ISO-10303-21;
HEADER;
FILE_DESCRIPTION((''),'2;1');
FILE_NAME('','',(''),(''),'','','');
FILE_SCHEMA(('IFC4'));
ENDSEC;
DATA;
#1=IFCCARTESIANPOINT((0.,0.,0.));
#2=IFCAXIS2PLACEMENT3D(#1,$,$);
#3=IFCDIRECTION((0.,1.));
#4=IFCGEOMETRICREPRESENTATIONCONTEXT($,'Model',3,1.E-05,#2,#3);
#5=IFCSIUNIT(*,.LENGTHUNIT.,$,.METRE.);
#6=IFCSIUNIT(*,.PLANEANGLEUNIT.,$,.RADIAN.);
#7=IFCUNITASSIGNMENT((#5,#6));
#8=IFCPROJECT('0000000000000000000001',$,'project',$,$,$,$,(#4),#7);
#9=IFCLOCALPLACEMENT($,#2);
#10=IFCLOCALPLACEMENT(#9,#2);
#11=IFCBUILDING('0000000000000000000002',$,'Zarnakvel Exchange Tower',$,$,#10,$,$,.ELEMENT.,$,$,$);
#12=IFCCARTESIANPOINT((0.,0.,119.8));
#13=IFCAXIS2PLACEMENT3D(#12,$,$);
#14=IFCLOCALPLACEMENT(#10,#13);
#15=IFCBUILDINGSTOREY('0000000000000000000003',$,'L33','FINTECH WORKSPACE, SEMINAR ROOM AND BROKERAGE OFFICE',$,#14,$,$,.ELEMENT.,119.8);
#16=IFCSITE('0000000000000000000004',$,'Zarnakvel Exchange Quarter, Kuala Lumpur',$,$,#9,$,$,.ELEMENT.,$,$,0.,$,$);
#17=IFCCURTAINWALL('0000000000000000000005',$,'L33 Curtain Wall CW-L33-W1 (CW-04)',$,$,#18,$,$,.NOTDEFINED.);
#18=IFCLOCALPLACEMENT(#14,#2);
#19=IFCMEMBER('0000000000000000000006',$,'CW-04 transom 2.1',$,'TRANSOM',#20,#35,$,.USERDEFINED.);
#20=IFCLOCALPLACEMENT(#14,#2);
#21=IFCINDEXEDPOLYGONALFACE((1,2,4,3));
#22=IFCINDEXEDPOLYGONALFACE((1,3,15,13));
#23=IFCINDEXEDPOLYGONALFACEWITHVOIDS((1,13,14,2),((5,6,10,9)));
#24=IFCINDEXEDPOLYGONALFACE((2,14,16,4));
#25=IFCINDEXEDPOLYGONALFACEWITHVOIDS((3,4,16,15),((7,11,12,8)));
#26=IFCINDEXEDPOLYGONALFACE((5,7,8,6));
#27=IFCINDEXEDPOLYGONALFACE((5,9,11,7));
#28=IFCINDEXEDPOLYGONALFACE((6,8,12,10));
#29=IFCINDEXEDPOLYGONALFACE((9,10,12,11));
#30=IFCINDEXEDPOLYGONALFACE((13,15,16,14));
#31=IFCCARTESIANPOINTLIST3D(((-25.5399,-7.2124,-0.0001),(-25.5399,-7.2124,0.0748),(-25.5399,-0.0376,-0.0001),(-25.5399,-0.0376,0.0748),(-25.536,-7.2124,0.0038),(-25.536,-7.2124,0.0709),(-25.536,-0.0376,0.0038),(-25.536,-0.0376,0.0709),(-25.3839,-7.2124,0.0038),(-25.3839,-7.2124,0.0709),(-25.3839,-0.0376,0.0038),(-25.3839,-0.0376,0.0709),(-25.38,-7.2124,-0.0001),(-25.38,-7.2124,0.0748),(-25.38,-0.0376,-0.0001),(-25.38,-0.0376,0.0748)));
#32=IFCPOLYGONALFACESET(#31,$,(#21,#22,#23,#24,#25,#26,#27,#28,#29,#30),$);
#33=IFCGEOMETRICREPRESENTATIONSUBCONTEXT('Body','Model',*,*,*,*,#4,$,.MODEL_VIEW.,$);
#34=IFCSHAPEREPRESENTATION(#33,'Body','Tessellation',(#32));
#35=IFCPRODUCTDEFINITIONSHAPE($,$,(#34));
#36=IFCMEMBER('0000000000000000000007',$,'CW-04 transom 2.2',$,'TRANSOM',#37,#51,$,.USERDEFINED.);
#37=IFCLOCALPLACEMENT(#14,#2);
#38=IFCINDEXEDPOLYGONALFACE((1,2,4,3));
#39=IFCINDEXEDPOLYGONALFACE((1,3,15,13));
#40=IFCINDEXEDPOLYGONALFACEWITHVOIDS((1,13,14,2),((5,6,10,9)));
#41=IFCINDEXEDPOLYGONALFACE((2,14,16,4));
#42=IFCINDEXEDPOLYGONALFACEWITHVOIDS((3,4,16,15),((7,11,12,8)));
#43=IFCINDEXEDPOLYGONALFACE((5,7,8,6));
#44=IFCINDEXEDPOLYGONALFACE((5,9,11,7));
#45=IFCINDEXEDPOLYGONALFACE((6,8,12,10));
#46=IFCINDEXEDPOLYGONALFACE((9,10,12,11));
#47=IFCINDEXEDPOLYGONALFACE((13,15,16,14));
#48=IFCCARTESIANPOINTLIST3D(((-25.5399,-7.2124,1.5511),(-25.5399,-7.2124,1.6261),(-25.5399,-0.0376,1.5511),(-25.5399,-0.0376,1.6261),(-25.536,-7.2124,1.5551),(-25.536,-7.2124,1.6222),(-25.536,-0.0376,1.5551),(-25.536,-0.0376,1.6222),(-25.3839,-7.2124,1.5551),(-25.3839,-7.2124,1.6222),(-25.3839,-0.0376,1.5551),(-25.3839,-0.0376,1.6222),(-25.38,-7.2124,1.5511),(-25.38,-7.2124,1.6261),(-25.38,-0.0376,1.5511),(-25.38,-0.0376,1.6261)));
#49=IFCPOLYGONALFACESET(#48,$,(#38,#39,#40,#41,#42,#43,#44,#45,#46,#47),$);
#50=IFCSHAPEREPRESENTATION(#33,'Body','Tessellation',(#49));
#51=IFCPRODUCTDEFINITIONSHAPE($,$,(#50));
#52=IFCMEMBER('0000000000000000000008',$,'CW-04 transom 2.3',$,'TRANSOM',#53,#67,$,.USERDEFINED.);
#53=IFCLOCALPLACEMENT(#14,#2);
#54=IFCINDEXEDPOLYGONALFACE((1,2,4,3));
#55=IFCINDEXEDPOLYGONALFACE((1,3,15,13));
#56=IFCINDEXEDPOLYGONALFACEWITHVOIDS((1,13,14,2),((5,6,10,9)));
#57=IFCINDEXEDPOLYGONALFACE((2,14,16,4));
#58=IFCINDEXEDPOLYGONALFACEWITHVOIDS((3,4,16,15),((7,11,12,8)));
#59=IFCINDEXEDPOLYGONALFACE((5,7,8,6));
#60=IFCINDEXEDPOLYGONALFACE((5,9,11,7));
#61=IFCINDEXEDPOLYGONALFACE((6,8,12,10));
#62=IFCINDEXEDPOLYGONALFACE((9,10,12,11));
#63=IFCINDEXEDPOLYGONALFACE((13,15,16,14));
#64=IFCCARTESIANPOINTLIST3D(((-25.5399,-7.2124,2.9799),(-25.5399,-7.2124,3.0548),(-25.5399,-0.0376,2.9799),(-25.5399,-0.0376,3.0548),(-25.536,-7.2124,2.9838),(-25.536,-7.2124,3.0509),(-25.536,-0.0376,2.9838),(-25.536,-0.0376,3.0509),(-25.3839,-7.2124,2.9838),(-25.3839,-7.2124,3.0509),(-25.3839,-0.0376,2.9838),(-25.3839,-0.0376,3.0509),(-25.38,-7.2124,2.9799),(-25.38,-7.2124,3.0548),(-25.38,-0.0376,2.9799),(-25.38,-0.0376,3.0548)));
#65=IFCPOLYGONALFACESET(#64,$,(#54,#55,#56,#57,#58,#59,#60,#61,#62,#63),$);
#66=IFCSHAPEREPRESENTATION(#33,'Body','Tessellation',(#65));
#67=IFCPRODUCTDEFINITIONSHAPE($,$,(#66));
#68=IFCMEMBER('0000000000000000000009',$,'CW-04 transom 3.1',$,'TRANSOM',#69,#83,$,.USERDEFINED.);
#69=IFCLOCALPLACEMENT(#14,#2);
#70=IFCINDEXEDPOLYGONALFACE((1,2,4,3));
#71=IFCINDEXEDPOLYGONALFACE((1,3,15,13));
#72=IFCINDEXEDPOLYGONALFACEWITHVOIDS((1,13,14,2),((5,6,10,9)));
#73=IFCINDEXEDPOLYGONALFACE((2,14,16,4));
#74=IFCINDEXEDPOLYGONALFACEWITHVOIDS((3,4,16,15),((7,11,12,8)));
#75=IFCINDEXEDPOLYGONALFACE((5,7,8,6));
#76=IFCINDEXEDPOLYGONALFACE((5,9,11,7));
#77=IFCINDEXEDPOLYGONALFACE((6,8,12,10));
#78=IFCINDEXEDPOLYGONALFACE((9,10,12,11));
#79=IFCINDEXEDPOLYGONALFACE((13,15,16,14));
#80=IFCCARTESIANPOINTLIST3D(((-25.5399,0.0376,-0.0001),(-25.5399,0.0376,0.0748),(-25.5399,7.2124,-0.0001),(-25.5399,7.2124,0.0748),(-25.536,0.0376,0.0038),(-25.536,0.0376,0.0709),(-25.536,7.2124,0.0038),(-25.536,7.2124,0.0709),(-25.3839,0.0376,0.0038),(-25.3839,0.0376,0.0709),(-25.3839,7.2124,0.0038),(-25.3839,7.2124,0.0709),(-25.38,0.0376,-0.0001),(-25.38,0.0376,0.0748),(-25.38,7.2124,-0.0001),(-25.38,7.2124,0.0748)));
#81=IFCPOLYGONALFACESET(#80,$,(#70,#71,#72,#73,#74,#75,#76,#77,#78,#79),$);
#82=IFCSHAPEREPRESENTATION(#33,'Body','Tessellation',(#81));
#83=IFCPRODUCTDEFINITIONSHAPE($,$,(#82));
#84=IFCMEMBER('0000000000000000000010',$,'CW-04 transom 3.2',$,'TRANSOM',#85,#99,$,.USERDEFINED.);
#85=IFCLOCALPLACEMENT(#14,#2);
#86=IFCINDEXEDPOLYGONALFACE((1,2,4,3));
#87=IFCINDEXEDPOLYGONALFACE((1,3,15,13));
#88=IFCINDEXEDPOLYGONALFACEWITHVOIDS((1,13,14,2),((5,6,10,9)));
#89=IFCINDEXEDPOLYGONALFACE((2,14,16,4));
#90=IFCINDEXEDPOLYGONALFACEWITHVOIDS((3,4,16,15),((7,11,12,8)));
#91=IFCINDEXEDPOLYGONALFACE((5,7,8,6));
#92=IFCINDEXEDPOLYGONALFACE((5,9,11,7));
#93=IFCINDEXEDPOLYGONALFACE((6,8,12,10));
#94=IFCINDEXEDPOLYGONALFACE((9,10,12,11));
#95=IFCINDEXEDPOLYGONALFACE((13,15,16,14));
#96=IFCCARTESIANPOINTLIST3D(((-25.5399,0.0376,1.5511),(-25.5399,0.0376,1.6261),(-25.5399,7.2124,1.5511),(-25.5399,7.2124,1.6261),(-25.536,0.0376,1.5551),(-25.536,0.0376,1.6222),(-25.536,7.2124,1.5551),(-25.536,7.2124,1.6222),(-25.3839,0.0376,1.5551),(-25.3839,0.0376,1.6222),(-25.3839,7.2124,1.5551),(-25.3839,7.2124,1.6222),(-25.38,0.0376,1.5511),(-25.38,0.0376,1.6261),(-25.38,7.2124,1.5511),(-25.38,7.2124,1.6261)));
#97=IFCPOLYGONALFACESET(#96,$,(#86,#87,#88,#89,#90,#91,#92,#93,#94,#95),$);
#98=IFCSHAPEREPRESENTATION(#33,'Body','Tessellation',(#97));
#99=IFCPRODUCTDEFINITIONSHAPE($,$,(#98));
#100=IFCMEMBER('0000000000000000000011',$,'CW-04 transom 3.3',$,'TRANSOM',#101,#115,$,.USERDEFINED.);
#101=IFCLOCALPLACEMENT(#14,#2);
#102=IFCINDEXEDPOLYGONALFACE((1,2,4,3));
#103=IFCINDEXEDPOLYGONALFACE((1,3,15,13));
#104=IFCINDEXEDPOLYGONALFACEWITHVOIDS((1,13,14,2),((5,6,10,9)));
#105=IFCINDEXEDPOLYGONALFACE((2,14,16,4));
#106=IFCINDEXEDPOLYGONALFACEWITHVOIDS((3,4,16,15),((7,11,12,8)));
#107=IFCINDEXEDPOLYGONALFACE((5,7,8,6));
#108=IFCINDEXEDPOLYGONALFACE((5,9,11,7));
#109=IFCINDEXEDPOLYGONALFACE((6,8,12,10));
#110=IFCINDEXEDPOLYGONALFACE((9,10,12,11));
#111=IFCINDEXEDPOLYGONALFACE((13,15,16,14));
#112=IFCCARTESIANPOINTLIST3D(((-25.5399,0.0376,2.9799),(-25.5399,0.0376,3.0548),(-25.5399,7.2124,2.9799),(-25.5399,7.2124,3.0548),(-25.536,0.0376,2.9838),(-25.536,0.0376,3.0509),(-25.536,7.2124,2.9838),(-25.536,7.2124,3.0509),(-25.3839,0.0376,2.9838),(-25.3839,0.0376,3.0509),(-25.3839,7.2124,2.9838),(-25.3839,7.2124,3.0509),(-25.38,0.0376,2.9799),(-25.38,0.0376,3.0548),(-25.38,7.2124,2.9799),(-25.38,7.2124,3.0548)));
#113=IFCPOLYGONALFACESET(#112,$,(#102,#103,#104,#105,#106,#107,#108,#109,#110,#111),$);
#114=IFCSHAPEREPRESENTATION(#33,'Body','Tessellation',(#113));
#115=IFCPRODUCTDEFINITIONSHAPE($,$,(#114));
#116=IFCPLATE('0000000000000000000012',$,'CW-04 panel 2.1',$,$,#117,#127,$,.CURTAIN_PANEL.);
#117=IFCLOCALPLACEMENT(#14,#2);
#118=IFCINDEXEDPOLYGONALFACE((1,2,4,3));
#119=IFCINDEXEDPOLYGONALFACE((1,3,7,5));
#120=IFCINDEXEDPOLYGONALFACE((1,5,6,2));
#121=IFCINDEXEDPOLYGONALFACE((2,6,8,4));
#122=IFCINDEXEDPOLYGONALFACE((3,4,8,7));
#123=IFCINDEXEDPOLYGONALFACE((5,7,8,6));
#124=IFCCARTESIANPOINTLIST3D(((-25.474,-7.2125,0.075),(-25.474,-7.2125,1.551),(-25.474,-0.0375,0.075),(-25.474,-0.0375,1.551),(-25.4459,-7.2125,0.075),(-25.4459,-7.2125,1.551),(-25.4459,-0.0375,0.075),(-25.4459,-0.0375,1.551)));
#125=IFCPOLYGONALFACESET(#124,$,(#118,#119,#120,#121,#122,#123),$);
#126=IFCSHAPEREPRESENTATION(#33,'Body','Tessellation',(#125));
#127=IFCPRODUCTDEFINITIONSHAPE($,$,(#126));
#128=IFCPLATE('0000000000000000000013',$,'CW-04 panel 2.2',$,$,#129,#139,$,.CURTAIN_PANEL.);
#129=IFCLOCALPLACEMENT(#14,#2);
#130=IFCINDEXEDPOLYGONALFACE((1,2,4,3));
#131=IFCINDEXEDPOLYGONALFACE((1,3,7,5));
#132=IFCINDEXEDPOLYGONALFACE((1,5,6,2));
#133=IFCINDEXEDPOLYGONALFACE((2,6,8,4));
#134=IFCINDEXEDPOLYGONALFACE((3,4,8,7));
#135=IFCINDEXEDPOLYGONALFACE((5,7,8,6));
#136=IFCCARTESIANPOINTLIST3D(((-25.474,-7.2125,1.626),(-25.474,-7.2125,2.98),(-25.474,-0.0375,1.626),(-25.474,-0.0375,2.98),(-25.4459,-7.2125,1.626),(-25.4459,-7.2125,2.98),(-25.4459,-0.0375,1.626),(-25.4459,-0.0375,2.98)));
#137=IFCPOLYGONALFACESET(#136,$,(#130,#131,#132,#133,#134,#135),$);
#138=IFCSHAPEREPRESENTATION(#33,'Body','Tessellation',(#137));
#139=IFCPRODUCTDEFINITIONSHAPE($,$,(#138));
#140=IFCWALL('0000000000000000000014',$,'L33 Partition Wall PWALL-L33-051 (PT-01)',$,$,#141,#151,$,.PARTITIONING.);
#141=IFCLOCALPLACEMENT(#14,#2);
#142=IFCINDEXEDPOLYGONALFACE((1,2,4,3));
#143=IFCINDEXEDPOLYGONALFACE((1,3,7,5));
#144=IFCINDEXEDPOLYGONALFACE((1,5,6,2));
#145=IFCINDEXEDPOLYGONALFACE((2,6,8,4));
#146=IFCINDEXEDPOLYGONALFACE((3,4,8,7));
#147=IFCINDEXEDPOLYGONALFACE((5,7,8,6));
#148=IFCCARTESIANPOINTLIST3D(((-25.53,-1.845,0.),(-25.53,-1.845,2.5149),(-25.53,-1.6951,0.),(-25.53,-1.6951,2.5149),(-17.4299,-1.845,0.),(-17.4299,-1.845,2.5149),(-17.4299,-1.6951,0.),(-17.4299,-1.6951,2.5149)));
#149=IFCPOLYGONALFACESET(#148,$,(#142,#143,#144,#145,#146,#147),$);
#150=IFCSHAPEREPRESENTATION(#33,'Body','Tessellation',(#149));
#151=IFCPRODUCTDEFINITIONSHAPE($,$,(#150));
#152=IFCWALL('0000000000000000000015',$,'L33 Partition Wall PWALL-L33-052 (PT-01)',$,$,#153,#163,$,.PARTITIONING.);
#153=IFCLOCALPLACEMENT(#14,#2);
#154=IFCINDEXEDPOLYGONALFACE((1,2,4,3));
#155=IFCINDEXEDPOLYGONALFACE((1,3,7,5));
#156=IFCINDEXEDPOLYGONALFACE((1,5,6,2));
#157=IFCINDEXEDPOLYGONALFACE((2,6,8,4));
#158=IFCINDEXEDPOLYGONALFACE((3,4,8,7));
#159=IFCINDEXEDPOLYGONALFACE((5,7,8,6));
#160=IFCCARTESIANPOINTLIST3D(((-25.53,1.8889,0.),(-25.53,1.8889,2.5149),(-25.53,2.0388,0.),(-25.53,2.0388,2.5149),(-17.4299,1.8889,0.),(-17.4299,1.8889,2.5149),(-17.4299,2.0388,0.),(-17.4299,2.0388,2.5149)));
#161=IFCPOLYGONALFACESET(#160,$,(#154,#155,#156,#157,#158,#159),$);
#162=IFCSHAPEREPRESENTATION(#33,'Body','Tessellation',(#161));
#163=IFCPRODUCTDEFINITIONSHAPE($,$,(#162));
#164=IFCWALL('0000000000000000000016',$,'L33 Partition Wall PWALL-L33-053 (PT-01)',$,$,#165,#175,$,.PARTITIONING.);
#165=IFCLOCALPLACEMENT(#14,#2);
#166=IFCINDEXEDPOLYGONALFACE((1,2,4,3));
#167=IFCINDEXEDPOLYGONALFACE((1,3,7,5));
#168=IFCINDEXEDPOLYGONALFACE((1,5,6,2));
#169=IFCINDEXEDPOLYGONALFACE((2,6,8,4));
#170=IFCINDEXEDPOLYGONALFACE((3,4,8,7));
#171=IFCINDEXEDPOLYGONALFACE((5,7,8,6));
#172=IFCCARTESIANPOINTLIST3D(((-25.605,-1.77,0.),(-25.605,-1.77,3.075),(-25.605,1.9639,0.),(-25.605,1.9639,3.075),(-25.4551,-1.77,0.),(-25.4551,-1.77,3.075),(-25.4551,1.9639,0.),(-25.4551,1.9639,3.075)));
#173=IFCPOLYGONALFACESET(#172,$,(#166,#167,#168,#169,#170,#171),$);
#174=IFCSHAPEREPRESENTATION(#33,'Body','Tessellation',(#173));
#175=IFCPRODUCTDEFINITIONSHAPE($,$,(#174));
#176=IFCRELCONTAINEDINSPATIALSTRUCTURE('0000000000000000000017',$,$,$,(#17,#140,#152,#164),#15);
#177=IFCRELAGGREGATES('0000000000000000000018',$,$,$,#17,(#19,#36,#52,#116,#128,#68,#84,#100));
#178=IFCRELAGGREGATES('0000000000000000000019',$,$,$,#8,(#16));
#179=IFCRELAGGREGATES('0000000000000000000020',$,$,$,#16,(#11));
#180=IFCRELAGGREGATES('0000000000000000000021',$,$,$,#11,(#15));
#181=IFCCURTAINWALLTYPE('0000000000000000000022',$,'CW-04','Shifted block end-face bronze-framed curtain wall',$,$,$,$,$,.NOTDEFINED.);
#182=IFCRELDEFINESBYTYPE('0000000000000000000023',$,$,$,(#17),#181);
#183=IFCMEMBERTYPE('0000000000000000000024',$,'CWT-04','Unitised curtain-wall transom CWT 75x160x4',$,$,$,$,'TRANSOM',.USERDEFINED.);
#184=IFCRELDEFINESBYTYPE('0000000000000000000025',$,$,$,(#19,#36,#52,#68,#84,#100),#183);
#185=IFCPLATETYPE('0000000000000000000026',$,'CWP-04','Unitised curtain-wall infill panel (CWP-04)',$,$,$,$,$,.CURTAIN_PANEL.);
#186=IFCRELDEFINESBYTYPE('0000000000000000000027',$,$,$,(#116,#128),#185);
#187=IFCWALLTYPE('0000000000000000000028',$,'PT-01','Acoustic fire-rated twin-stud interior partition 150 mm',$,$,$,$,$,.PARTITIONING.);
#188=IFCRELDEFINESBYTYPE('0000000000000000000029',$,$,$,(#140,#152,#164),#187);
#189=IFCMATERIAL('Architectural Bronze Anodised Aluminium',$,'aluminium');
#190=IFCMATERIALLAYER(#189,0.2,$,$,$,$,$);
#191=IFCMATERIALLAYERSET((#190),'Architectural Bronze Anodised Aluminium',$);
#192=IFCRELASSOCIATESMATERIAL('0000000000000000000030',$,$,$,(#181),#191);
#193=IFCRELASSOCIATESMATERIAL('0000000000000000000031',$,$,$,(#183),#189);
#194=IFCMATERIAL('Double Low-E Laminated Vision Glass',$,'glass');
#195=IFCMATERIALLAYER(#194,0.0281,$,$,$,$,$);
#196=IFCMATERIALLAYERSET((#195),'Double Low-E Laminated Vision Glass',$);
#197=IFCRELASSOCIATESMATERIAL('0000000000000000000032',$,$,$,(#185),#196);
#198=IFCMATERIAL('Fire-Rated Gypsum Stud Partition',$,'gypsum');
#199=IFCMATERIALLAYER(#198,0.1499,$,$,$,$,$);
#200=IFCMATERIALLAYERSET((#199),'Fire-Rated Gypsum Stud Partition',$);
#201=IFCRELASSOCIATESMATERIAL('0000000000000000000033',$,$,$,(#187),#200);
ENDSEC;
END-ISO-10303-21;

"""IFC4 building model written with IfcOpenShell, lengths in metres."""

from ifc_helpers import new_model, si_unit, direction, frame, frame_2d, origin, origin_2d, place, context, subcontext, project, spatial, rectangle, hollow_rectangle, extrude, source, transform, mapped, material, layer, layer_set, material_profile, profile_set, type_object, element, aggregate, save


model = new_model("IFC4")

# Units and contexts
model_context = context("Model", 3, precision=1e-05, world=origin(), true_north=direction((0.0, 1.0)))
body_context = subcontext(model_context, "Body", "Model", "MODEL_VIEW")
ifc_project = project(units=[si_unit("LENGTHUNIT", "METRE"), si_unit("PLANEANGLEUNIT", "RADIAN")], contexts=[model_context])

# Site, building, storey
site_placement = place(None, origin())
site = spatial("IfcSite", under=ifc_project, at=site_placement, Name="Zarnakvel Exchange Quarter, Kuala Lumpur", CompositionType="ELEMENT", RefElevation=0.0)
building_placement = place(site_placement, origin())
building = spatial("IfcBuilding", under=site, at=building_placement, Name="Zarnakvel Exchange Tower", CompositionType="ELEMENT")
storey_placement = place(building_placement, frame((0.0, 0.0, 119.8)))
storey = spatial("IfcBuildingStorey", under=building, at=storey_placement, Name="L33", Description="FINTECH WORKSPACE, SEMINAR ROOM AND BROKERAGE OFFICE", CompositionType="ELEMENT", Elevation=119.8)

# Curtain wall, members, plates
ifc_material_1 = material(Name="Architectural Bronze Anodised Aluminium", Category="aluminium")
ifc_layer_1 = layer(ifc_material_1, 0.2)
ifc_layer_set_1 = layer_set([ifc_layer_1], Name="Architectural Bronze Anodised Aluminium")
curtain_wall_type = type_object("IfcCurtainWallType", Name="CW-04", Description="Shifted block end-face bronze-framed curtain wall", PredefinedType="NOTDEFINED", material=ifc_layer_set_1)
curtain_wall_placement = place(storey_placement, origin())
curtain_wall = element("IfcCurtainWall", 1, at=curtain_wall_placement, inside=storey, type_object=curtain_wall_type, Name="L33 Curtain Wall CW-L33-W1 (CW-04)", PredefinedType="NOTDEFINED")
ifc_material_profile_1 = material_profile(ifc_material_1, hollow_rectangle(XDim=0.1599, YDim=0.075, WallThickness=0.0039, at=origin_2d()))
ifc_profile_set_1 = profile_set([ifc_material_profile_1], Name="Architectural Bronze Anodised Aluminium")
member_type_1 = type_object("IfcMemberType", Name="CWT-04", Description="Unitised curtain-wall transom CWT 75x160x4", ElementType="TRANSOM", PredefinedType="USERDEFINED", material=ifc_profile_set_1)
shared_shape_1 = source(origin(), body_context, "Body", "SweptSolid", [
    extrude(hollow_rectangle(XDim=0.1599, YDim=0.075, WallThickness=0.0039, at=origin_2d()), origin(), (0.0, 0.0, 1.0), 7.1748),
])
member_1_placement = place(storey_placement, frame((-25.46, -7.2124, 0.0374), z_axis=(0.0, 1.0, 0.0), x_axis=(-1.0, 0.0, 0.0)))
member_1 = element("IfcMember", 2, at=member_1_placement, type_object=member_type_1, Name="CW-04 transom 2.1", ObjectType="TRANSOM", PredefinedType="USERDEFINED", context=body_context, shape_type="MappedRepresentation", body=[
    mapped(shared_shape_1, transform((0.0, 0.0, 0.0), x_axis=(1.0, 0.0, 0.0), y_axis=(0.0, 1.0, 0.0), z_axis=(0.0, 0.0, 1.0), scale=1.0)),
])
member_2_placement = place(storey_placement, frame((-25.46, -7.2124, 1.5886), z_axis=(0.0, 1.0, 0.0), x_axis=(-1.0, 0.0, 0.0)))
member_2 = element("IfcMember", 3, at=member_2_placement, type_object=member_type_1, Name="CW-04 transom 2.2", ObjectType="TRANSOM", PredefinedType="USERDEFINED", context=body_context, shape_type="MappedRepresentation", body=[
    mapped(shared_shape_1, transform((0.0, 0.0, 0.0), x_axis=(1.0, 0.0, 0.0), y_axis=(0.0, 1.0, 0.0), z_axis=(0.0, 0.0, 1.0), scale=1.0)),
])
member_3_placement = place(storey_placement, frame((-25.46, -7.2124, 3.0173), z_axis=(0.0, 1.0, 0.0), x_axis=(-1.0, 0.0, 0.0)))
member_3 = element("IfcMember", 4, at=member_3_placement, type_object=member_type_1, Name="CW-04 transom 2.3", ObjectType="TRANSOM", PredefinedType="USERDEFINED", context=body_context, shape_type="MappedRepresentation", body=[
    mapped(shared_shape_1, transform((0.0, 0.0, 0.0), x_axis=(1.0, 0.0, 0.0), y_axis=(0.0, 1.0, 0.0), z_axis=(0.0, 0.0, 1.0), scale=1.0)),
])
member_4_placement = place(storey_placement, frame((-25.46, 0.0376, 0.0374), z_axis=(0.0, 1.0, 0.0), x_axis=(-1.0, 0.0, 0.0)))
member_4 = element("IfcMember", 5, at=member_4_placement, type_object=member_type_1, Name="CW-04 transom 3.1", ObjectType="TRANSOM", PredefinedType="USERDEFINED", context=body_context, shape_type="MappedRepresentation", body=[
    mapped(shared_shape_1, transform((0.0, 0.0, 0.0), x_axis=(1.0, 0.0, 0.0), y_axis=(0.0, 1.0, 0.0), z_axis=(0.0, 0.0, 1.0), scale=1.0)),
])
member_5_placement = place(storey_placement, frame((-25.46, 0.0376, 1.5886), z_axis=(0.0, 1.0, 0.0), x_axis=(-1.0, 0.0, 0.0)))
member_5 = element("IfcMember", 6, at=member_5_placement, type_object=member_type_1, Name="CW-04 transom 3.2", ObjectType="TRANSOM", PredefinedType="USERDEFINED", context=body_context, shape_type="MappedRepresentation", body=[
    mapped(shared_shape_1, transform((0.0, 0.0, 0.0), x_axis=(1.0, 0.0, 0.0), y_axis=(0.0, 1.0, 0.0), z_axis=(0.0, 0.0, 1.0), scale=1.0)),
])
member_6_placement = place(storey_placement, frame((-25.46, 0.0376, 3.0173), z_axis=(0.0, 1.0, 0.0), x_axis=(-1.0, 0.0, 0.0)))
member_6 = element("IfcMember", 7, at=member_6_placement, type_object=member_type_1, Name="CW-04 transom 3.3", ObjectType="TRANSOM", PredefinedType="USERDEFINED", context=body_context, shape_type="MappedRepresentation", body=[
    mapped(shared_shape_1, transform((0.0, 0.0, 0.0), x_axis=(1.0, 0.0, 0.0), y_axis=(0.0, 1.0, 0.0), z_axis=(0.0, 0.0, 1.0), scale=1.0)),
])
ifc_material_2 = material(Name="Double Low-E Laminated Vision Glass", Category="glass")
ifc_layer_2 = layer(ifc_material_2, 0.0281)
ifc_layer_set_2 = layer_set([ifc_layer_2], Name="Double Low-E Laminated Vision Glass")
plate_type = type_object("IfcPlateType", Name="CWP-04", Description="Unitised curtain-wall infill panel (CWP-04)", PredefinedType="CURTAIN_PANEL", material=ifc_layer_set_2)
shared_shape_2 = source(origin(), body_context, "Body", "SweptSolid", [
    extrude(rectangle(XDim=7.175, YDim=0.0281, at=origin_2d()), origin(), (0.0, 0.0, 1.0), 1.4761),
])
plate_1_placement = place(storey_placement, frame((-25.46, -3.625, 0.075), z_axis=(0.0, 0.0, 1.0), x_axis=(0.0, 1.0, 0.0)))
plate_1 = element("IfcPlate", 8, at=plate_1_placement, type_object=plate_type, Name="CW-04 panel 2.1", PredefinedType="CURTAIN_PANEL", context=body_context, shape_type="MappedRepresentation", body=[
    mapped(shared_shape_2, transform((0.0, 0.0, 0.0), x_axis=(1.0, 0.0, 0.0), y_axis=(0.0, 1.0, 0.0), z_axis=(0.0, 0.0, 1.0), scale=1.0)),
])
shared_shape_3 = source(origin(), body_context, "Body", "SweptSolid", [
    extrude(rectangle(XDim=7.175, YDim=0.0281, at=origin_2d()), origin(), (0.0, 0.0, 1.0), 1.354),
])
plate_2_placement = place(storey_placement, frame((-25.46, -3.625, 1.626), z_axis=(0.0, 0.0, 1.0), x_axis=(0.0, 1.0, 0.0)))
plate_2 = element("IfcPlate", 9, at=plate_2_placement, type_object=plate_type, Name="CW-04 panel 2.2", PredefinedType="CURTAIN_PANEL", context=body_context, shape_type="MappedRepresentation", body=[
    mapped(shared_shape_3, transform((0.0, 0.0, 0.0), x_axis=(1.0, 0.0, 0.0), y_axis=(0.0, 1.0, 0.0), z_axis=(0.0, 0.0, 1.0), scale=1.0)),
])
aggregate(curtain_wall, [member_1, member_2, member_3, plate_1, plate_2, member_4, member_5, member_6])

# Shared definitions
ifc_material_3 = material(Name="Fire-Rated Gypsum Stud Partition", Category="gypsum")
ifc_layer_3 = layer(ifc_material_3, 0.1499)
ifc_layer_set_3 = layer_set([ifc_layer_3], Name="Fire-Rated Gypsum Stud Partition")
wall_type = type_object("IfcWallType", Name="PT-01", Description="Acoustic fire-rated twin-stud interior partition 150 mm", PredefinedType="PARTITIONING", material=ifc_layer_set_3)

# Walls
for number, where, z_axis, x_axis, name in (
    (10, (-17.4299, -1.77, 0.0), (0.0, 0.0, 1.0), (-1.0, 0.0, 0.0), "L33 Partition Wall PWALL-L33-051 (PT-01)"),
    (11, (-25.53, 1.9639, 0.0), (0.0, 0.0, 1.0), (1.0, 0.0, 0.0), "L33 Partition Wall PWALL-L33-052 (PT-01)"),
):
    element("IfcWall", number, at=place(storey_placement, frame(where, z_axis=z_axis, x_axis=x_axis)), inside=storey, type_object=wall_type, Name=name, PredefinedType="PARTITIONING", context=body_context, shape_type="SweptSolid", body=[
        extrude(rectangle(XDim=8.1001, YDim=0.1499, at=frame_2d((4.05, 0.0))), origin(), (0.0, 0.0, 1.0), 2.5149),
    ])
wall_1_placement = place(storey_placement, frame((-25.53, -1.77, 0.0), z_axis=(0.0, 0.0, 1.0), x_axis=(0.0, 1.0, 0.0)))
element("IfcWall", 12, at=wall_1_placement, inside=storey, type_object=wall_type, Name="L33 Partition Wall PWALL-L33-053 (PT-01)", PredefinedType="PARTITIONING", context=body_context, shape_type="SweptSolid", body=[
    extrude(rectangle(XDim=3.7339, YDim=0.1499, at=frame_2d((1.8669, 0.0))), origin(), (0.0, 0.0, 1.0), 3.075),
])

save(model, "model.ifc")
